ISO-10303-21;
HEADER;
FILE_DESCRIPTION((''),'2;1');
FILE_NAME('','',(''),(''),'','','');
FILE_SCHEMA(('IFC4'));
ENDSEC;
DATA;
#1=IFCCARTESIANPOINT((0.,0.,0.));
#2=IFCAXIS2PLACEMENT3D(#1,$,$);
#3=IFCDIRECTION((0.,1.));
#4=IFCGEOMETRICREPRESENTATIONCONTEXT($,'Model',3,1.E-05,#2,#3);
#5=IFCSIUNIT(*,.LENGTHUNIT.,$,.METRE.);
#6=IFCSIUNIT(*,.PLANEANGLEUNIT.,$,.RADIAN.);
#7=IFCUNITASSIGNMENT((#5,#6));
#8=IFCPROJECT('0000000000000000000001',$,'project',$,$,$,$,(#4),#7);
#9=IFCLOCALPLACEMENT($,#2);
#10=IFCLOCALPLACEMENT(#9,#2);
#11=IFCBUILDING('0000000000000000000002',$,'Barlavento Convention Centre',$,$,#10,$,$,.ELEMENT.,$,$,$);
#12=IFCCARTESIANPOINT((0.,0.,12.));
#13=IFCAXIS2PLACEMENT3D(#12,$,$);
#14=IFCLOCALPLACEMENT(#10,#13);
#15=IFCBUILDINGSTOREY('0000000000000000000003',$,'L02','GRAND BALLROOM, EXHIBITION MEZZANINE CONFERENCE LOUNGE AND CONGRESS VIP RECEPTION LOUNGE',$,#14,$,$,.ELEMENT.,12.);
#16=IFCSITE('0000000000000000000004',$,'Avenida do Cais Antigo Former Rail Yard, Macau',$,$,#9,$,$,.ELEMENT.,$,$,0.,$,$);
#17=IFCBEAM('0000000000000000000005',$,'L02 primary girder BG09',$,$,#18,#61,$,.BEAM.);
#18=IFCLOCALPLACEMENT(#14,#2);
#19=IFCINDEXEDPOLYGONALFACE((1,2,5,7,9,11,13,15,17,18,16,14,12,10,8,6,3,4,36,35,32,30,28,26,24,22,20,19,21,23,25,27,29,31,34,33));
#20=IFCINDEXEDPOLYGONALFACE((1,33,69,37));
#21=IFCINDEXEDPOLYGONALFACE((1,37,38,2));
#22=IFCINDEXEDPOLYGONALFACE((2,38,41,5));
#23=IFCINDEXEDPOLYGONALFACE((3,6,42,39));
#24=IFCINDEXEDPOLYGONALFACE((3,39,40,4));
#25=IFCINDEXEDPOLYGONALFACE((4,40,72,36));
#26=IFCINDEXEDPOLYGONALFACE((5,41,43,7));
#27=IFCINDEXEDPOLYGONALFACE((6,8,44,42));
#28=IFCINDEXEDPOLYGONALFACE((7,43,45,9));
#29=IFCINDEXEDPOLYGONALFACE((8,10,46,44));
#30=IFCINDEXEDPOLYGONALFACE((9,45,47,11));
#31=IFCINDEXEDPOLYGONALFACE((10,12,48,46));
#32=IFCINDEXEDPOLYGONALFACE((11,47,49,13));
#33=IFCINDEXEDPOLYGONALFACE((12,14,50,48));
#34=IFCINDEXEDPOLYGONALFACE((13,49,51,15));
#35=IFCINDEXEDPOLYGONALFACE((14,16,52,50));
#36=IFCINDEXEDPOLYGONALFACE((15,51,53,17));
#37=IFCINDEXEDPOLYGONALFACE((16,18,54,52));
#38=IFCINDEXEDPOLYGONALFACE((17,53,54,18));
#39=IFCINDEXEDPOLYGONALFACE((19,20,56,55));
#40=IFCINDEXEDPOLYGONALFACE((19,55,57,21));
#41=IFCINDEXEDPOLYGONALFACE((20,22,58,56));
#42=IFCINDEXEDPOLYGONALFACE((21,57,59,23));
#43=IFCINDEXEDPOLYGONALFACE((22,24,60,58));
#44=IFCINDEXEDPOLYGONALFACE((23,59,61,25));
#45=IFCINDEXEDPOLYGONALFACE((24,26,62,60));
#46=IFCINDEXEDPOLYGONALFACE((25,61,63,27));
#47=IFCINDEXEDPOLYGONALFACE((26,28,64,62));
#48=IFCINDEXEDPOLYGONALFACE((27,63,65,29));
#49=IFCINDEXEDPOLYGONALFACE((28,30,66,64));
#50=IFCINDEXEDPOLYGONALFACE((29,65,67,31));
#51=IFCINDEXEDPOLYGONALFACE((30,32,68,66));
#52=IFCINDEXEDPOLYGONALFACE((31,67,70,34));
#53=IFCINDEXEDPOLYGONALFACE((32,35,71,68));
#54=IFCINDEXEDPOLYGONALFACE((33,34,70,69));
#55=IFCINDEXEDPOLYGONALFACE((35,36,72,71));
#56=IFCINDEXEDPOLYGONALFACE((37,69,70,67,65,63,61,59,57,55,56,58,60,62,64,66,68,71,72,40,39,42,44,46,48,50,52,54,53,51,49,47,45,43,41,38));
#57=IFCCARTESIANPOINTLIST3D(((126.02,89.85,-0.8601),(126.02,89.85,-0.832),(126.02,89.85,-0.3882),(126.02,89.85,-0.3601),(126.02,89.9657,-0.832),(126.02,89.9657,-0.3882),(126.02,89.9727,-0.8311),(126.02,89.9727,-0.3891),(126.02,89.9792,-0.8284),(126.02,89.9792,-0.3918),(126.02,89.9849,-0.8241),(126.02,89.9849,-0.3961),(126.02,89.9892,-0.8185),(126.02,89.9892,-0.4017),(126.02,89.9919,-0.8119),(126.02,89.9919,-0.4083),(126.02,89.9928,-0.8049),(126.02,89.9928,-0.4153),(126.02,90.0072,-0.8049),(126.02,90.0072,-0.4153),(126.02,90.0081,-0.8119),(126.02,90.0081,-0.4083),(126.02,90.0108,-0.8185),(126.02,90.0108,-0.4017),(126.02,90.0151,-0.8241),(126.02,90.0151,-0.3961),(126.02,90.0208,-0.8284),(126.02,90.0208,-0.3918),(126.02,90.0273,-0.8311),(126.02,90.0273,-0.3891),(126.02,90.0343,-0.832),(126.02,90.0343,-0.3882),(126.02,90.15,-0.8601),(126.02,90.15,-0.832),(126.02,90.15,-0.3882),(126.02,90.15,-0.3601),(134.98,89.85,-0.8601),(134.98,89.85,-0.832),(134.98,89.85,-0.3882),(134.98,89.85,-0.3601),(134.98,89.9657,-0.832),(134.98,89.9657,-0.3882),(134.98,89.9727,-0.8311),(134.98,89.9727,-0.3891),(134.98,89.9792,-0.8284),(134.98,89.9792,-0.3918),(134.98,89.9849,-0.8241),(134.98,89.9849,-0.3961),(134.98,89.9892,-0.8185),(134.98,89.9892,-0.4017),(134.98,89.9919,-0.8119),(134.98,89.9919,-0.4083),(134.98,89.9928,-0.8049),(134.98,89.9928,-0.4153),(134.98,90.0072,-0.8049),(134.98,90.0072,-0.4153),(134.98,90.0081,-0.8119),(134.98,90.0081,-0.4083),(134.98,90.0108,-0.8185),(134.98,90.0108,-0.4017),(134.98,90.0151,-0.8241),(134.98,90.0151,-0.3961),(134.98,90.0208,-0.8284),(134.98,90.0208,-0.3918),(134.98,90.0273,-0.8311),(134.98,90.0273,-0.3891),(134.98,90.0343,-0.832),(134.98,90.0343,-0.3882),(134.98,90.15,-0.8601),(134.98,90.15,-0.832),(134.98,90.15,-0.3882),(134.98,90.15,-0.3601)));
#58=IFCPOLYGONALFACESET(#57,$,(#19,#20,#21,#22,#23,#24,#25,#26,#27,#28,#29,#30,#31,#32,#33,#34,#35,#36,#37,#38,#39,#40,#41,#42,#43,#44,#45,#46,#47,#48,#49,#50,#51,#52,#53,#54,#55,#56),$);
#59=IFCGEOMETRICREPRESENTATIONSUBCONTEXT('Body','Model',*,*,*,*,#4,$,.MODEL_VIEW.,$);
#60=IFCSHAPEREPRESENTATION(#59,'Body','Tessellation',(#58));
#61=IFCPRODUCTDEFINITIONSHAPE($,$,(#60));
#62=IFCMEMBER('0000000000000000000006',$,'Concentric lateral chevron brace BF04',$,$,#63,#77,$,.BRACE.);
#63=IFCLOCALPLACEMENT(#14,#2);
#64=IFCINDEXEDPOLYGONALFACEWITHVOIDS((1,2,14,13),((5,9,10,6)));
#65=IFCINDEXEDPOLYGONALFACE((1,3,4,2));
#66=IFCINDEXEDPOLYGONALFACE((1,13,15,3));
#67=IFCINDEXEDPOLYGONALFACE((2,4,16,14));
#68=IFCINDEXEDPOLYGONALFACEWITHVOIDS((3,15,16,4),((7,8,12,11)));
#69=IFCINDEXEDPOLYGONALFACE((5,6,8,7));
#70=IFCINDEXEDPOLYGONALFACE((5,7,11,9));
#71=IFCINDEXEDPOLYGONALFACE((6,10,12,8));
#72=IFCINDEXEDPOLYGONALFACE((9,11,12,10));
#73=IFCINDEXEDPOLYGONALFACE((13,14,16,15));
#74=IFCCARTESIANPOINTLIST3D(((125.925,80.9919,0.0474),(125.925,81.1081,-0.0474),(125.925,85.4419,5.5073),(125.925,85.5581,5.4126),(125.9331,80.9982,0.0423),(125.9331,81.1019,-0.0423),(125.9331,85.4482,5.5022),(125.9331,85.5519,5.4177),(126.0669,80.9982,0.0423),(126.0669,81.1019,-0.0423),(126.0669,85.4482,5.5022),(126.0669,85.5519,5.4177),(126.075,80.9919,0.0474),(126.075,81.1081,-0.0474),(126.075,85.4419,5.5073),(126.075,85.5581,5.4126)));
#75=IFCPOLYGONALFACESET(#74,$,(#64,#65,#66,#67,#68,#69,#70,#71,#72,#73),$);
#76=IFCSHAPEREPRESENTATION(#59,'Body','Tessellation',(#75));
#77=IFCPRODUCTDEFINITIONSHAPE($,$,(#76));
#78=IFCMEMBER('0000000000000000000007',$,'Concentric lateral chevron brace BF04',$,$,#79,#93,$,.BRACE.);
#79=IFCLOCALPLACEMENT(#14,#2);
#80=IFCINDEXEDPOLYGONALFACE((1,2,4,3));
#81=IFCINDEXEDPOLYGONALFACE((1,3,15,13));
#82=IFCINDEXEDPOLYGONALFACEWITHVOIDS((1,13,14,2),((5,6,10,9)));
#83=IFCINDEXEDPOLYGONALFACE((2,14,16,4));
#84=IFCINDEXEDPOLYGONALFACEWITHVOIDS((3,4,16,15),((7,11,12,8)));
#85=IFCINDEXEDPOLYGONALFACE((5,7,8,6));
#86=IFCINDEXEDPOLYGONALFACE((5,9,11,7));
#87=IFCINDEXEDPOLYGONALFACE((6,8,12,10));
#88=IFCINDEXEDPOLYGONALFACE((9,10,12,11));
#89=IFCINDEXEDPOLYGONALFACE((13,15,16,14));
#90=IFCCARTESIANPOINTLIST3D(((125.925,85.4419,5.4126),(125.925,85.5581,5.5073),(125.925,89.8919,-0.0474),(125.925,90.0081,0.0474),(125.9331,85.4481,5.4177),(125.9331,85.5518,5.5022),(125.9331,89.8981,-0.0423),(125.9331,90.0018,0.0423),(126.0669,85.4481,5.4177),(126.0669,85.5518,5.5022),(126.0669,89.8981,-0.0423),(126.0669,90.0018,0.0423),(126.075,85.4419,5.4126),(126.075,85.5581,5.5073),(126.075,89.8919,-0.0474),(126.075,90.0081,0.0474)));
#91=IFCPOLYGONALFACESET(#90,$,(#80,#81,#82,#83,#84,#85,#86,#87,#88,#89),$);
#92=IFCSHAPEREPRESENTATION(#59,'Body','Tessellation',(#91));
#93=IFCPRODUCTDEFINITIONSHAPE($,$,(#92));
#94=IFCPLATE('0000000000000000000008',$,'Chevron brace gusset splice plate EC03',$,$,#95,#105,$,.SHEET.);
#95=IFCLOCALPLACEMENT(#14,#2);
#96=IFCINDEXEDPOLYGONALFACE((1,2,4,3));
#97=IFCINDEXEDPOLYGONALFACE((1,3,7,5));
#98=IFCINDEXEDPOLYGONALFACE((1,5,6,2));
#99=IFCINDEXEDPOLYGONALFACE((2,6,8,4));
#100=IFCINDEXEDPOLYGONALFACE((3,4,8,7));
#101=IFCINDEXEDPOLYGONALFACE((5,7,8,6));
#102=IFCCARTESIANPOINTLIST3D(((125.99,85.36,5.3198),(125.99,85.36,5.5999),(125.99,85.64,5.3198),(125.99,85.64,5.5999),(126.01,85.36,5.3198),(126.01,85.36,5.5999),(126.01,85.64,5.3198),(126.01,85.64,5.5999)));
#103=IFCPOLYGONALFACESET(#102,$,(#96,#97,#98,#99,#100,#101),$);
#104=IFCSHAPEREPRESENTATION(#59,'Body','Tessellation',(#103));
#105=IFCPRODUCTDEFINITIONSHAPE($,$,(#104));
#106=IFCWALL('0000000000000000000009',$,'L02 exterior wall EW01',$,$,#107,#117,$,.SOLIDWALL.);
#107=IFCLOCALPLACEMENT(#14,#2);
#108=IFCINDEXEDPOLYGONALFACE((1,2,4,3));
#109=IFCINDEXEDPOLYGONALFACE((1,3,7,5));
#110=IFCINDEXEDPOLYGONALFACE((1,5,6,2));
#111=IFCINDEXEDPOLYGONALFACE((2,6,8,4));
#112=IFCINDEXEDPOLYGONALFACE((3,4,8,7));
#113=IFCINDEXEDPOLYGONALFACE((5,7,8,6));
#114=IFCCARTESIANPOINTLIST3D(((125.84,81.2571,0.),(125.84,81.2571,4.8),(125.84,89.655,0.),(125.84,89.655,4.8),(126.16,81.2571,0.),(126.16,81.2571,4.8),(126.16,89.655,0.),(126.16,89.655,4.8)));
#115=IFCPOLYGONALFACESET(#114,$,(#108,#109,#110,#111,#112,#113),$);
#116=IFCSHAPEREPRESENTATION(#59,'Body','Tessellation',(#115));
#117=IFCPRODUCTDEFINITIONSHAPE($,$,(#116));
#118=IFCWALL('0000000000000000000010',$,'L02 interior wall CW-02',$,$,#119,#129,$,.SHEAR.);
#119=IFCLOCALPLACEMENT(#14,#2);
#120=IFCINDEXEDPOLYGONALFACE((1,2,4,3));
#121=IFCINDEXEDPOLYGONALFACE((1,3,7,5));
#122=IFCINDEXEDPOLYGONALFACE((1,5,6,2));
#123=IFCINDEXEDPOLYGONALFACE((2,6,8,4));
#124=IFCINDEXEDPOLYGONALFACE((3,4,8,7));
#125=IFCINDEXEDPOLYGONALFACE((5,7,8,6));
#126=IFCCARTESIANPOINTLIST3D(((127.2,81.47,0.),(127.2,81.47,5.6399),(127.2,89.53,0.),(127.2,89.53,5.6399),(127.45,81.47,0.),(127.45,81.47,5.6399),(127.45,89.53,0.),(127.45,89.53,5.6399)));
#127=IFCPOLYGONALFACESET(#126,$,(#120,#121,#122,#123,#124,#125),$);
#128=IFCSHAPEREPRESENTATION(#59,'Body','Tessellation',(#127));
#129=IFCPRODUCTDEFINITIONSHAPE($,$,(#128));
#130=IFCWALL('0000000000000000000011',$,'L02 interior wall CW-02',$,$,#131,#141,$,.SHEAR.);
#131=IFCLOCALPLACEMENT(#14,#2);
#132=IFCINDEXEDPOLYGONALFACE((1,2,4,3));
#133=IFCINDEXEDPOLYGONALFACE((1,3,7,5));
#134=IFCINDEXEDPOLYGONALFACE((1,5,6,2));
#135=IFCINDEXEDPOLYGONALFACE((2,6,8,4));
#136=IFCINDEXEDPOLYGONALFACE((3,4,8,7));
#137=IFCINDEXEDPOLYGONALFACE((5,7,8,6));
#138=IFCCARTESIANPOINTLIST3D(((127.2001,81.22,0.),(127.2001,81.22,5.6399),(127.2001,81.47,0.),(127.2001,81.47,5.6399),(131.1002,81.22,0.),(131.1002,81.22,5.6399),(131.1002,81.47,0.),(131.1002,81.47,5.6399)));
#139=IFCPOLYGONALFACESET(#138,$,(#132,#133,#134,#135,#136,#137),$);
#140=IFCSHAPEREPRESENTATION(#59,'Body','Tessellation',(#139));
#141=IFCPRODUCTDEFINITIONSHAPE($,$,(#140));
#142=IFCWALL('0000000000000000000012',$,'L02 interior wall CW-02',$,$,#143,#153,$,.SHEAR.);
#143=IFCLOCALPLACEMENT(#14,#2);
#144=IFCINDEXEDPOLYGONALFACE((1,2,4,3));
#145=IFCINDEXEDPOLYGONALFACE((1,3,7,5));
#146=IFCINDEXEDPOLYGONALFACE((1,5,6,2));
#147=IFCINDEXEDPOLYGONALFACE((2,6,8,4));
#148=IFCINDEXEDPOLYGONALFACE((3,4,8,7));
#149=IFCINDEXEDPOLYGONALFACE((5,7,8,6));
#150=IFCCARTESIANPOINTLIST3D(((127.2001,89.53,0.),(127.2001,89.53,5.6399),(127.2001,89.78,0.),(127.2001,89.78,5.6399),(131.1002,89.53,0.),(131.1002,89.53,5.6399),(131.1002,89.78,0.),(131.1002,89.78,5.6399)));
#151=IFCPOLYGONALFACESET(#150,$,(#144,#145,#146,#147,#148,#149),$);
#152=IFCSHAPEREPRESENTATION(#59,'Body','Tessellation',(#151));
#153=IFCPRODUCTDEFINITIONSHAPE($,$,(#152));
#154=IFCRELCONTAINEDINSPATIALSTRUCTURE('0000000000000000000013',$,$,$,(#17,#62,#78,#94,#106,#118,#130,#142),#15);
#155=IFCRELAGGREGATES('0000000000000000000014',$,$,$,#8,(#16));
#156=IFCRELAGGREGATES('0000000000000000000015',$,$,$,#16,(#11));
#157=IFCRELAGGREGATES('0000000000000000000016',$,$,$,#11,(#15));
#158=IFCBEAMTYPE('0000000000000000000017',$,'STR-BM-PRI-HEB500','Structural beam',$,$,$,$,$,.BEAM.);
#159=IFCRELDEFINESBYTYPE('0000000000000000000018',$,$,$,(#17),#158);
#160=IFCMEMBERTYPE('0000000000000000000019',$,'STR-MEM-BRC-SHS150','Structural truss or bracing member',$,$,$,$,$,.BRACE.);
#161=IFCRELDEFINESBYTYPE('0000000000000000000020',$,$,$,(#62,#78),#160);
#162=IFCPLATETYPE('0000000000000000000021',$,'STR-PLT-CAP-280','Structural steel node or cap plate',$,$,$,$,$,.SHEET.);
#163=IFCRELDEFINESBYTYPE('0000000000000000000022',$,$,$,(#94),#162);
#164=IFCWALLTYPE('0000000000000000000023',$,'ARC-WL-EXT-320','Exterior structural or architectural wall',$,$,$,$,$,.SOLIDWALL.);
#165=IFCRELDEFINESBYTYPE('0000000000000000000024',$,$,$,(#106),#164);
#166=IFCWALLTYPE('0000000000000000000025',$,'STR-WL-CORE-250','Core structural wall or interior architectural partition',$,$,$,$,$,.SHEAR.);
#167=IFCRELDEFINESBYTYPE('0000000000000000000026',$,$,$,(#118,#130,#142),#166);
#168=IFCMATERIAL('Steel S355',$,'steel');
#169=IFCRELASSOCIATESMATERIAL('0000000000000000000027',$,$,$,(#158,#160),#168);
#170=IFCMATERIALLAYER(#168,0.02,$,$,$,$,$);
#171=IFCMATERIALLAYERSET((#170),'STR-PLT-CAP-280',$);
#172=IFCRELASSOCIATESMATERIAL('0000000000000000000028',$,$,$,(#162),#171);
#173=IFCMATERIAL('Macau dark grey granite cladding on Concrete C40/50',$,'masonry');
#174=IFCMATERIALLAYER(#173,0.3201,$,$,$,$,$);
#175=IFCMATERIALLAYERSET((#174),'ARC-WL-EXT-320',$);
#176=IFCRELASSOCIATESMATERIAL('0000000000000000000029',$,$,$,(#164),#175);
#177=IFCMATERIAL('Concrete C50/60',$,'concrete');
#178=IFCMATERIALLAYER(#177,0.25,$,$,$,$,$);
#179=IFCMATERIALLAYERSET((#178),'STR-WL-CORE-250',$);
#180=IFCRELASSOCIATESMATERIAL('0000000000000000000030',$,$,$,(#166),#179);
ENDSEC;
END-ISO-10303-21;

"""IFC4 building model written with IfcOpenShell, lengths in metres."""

from ifc_helpers import new_model, si_unit, direction, frame, frame_2d, origin, origin_2d, place, context, subcontext, project, spatial, rectangle, hollow_rectangle, i_section, extrude, material, layer, layer_set, material_profile, profile_set, type_object, element, save


model = new_model("IFC4")

# Units and contexts
model_context = context("Model", 3, precision=1e-05, world=origin(), true_north=direction((0.0, 1.0)))
body_context = subcontext(model_context, "Body", "Model", "MODEL_VIEW")
ifc_project = project(units=[si_unit("LENGTHUNIT", "METRE"), si_unit("PLANEANGLEUNIT", "RADIAN")], contexts=[model_context])

# Site, building, storey
site_placement = place(None, origin())
site = spatial("IfcSite", under=ifc_project, at=site_placement, Name="Avenida do Cais Antigo Former Rail Yard, Macau", CompositionType="ELEMENT", RefElevation=0.0)
building_placement = place(site_placement, origin())
building = spatial("IfcBuilding", under=site, at=building_placement, Name="Barlavento Convention Centre", CompositionType="ELEMENT")
storey_placement = place(building_placement, frame((0.0, 0.0, 12.0)))
storey = spatial("IfcBuildingStorey", under=building, at=storey_placement, Name="L02", Description="GRAND BALLROOM, EXHIBITION MEZZANINE CONFERENCE LOUNGE AND CONGRESS VIP RECEPTION LOUNGE", CompositionType="ELEMENT", Elevation=12.0)

# Beam
ifc_material_1 = material(Name="Steel S355", Category="steel")
ifc_material_profile_1 = material_profile(ifc_material_1, i_section(OverallWidth=0.3, OverallDepth=0.5, WebThickness=0.0144, FlangeThickness=0.0281, FilletRadius=0.0271, at=origin_2d()), Name="HEB 500")
ifc_profile_set_1 = profile_set([ifc_material_profile_1], Name="Steel S355")
beam_type = type_object("IfcBeamType", Name="STR-BM-PRI-HEB500", Description="Structural beam", PredefinedType="BEAM", material=ifc_profile_set_1)
beam_placement = place(storey_placement, frame((126.02, 90.0, -0.6101), z_axis=(1.0, 0.0, 0.0), x_axis=(0.0, 1.0, 0.0)))
element("IfcBeam", 1, at=beam_placement, inside=storey, type_object=beam_type, Name="L02 primary girder BG09", PredefinedType="BEAM", context=body_context, shape_type="SweptSolid", body=[
    extrude(i_section(OverallWidth=0.3, OverallDepth=0.5, WebThickness=0.0144, FlangeThickness=0.0281, FilletRadius=0.0271, at=origin_2d()), origin(), (0.0, 0.0, 1.0), 8.96),
])

# Members
ifc_material_profile_2 = material_profile(ifc_material_1, hollow_rectangle(XDim=0.1499, YDim=0.1499, WallThickness=0.0081, at=origin_2d()), Name="SHS 150x150x8.0")
ifc_profile_set_2 = profile_set([ifc_material_profile_2], Name="Steel S355")
member_type = type_object("IfcMemberType", Name="STR-MEM-BRC-SHS150", Description="Structural truss or bracing member", PredefinedType="BRACE", material=ifc_profile_set_2)
for number, where, z_axis, x_axis, name in (
    (2, (126.0, 81.05, 0.0), (0.0, 0.631766, 0.775159), (-1.0, 0.0, 0.0), "Concentric lateral chevron brace BF04"),
    (3, (126.0, 89.95, 0.0), (0.0, -0.631766, 0.775159), (1.0, 0.0, 0.0), "Concentric lateral chevron brace BF04"),
):
    element("IfcMember", number, at=place(storey_placement, frame(where, z_axis=z_axis, x_axis=x_axis)), inside=storey, type_object=member_type, Name=name, PredefinedType="BRACE", context=body_context, shape_type="SweptSolid", body=[
        extrude(hollow_rectangle(XDim=0.1499, YDim=0.1499, WallThickness=0.0081, at=origin_2d()), origin(), (0.0, 0.0, 1.0), 7.0437),
    ])

# Plate
ifc_layer_1 = layer(ifc_material_1, 0.02)
ifc_layer_set_1 = layer_set([ifc_layer_1], Name="STR-PLT-CAP-280")
plate_type = type_object("IfcPlateType", Name="STR-PLT-CAP-280", Description="Structural steel node or cap plate", PredefinedType="SHEET", material=ifc_layer_set_1)
plate_placement = place(storey_placement, frame((126.0, 85.5, 5.3198), z_axis=(0.0, 0.0, 1.0), x_axis=(1.0, 0.0, 0.0)))
element("IfcPlate", 4, at=plate_placement, inside=storey, type_object=plate_type, Name="Chevron brace gusset splice plate EC03", PredefinedType="SHEET", context=body_context, shape_type="SweptSolid", body=[
    extrude(rectangle(XDim=0.02, YDim=0.28, at=origin_2d()), origin(), (0.0, 0.0, 1.0), 0.28),
])

# Walls
ifc_material_2 = material(Name="Macau dark grey granite cladding on Concrete C40/50", Category="masonry")
ifc_layer_2 = layer(ifc_material_2, 0.3201)
ifc_layer_set_2 = layer_set([ifc_layer_2], Name="ARC-WL-EXT-320")
wall_type_1 = type_object("IfcWallType", Name="ARC-WL-EXT-320", Description="Exterior structural or architectural wall", PredefinedType="SOLIDWALL", material=ifc_layer_set_2)
wall_1_placement = place(storey_placement, frame((126.0, 81.2571, 0.0), z_axis=(0.0, 0.0, 1.0), x_axis=(0.0, 1.0, 0.0)))
element("IfcWall", 5, at=wall_1_placement, inside=storey, type_object=wall_type_1, Name="L02 exterior wall EW01", PredefinedType="SOLIDWALL", context=body_context, shape_type="SweptSolid", body=[
    extrude(rectangle(XDim=8.3979, YDim=0.3201, at=frame_2d((4.199, 0.0))), origin(), (0.0, 0.0, 1.0), 4.8),
])
ifc_material_3 = material(Name="Concrete C50/60", Category="concrete")
ifc_layer_3 = layer(ifc_material_3, 0.25)
ifc_layer_set_3 = layer_set([ifc_layer_3], Name="STR-WL-CORE-250")
wall_type_2 = type_object("IfcWallType", Name="STR-WL-CORE-250", Description="Core structural wall or interior architectural partition", PredefinedType="SHEAR", material=ifc_layer_set_3)
wall_2_placement = place(storey_placement, frame((127.325, 81.47, 0.0), z_axis=(0.0, 0.0, 1.0), x_axis=(0.0, 1.0, 0.0)))
element("IfcWall", 6, at=wall_2_placement, inside=storey, type_object=wall_type_2, Name="L02 interior wall CW-02", PredefinedType="SHEAR", context=body_context, shape_type="SweptSolid", body=[
    extrude(rectangle(XDim=8.0601, YDim=0.25, at=frame_2d((4.03, 0.0))), origin(), (0.0, 0.0, 1.0), 5.6399),
])
for number, where, z_axis, x_axis, name in (
    (7, (127.2, 81.345, 0.0), (0.0, 0.0, 1.0), (1.0, 0.0, 0.0), "L02 interior wall CW-02"),
    (8, (127.2, 89.655, 0.0), (0.0, 0.0, 1.0), (1.0, 0.0, 0.0), "L02 interior wall CW-02"),
):
    element("IfcWall", number, at=place(storey_placement, frame(where, z_axis=z_axis, x_axis=x_axis)), inside=storey, type_object=wall_type_2, Name=name, PredefinedType="SHEAR", context=body_context, shape_type="SweptSolid", body=[
        extrude(rectangle(XDim=3.9001, YDim=0.25, at=frame_2d((1.9502, 0.0))), origin(), (0.0, 0.0, 1.0), 5.6399),
    ])

save(model, "model.ifc")
